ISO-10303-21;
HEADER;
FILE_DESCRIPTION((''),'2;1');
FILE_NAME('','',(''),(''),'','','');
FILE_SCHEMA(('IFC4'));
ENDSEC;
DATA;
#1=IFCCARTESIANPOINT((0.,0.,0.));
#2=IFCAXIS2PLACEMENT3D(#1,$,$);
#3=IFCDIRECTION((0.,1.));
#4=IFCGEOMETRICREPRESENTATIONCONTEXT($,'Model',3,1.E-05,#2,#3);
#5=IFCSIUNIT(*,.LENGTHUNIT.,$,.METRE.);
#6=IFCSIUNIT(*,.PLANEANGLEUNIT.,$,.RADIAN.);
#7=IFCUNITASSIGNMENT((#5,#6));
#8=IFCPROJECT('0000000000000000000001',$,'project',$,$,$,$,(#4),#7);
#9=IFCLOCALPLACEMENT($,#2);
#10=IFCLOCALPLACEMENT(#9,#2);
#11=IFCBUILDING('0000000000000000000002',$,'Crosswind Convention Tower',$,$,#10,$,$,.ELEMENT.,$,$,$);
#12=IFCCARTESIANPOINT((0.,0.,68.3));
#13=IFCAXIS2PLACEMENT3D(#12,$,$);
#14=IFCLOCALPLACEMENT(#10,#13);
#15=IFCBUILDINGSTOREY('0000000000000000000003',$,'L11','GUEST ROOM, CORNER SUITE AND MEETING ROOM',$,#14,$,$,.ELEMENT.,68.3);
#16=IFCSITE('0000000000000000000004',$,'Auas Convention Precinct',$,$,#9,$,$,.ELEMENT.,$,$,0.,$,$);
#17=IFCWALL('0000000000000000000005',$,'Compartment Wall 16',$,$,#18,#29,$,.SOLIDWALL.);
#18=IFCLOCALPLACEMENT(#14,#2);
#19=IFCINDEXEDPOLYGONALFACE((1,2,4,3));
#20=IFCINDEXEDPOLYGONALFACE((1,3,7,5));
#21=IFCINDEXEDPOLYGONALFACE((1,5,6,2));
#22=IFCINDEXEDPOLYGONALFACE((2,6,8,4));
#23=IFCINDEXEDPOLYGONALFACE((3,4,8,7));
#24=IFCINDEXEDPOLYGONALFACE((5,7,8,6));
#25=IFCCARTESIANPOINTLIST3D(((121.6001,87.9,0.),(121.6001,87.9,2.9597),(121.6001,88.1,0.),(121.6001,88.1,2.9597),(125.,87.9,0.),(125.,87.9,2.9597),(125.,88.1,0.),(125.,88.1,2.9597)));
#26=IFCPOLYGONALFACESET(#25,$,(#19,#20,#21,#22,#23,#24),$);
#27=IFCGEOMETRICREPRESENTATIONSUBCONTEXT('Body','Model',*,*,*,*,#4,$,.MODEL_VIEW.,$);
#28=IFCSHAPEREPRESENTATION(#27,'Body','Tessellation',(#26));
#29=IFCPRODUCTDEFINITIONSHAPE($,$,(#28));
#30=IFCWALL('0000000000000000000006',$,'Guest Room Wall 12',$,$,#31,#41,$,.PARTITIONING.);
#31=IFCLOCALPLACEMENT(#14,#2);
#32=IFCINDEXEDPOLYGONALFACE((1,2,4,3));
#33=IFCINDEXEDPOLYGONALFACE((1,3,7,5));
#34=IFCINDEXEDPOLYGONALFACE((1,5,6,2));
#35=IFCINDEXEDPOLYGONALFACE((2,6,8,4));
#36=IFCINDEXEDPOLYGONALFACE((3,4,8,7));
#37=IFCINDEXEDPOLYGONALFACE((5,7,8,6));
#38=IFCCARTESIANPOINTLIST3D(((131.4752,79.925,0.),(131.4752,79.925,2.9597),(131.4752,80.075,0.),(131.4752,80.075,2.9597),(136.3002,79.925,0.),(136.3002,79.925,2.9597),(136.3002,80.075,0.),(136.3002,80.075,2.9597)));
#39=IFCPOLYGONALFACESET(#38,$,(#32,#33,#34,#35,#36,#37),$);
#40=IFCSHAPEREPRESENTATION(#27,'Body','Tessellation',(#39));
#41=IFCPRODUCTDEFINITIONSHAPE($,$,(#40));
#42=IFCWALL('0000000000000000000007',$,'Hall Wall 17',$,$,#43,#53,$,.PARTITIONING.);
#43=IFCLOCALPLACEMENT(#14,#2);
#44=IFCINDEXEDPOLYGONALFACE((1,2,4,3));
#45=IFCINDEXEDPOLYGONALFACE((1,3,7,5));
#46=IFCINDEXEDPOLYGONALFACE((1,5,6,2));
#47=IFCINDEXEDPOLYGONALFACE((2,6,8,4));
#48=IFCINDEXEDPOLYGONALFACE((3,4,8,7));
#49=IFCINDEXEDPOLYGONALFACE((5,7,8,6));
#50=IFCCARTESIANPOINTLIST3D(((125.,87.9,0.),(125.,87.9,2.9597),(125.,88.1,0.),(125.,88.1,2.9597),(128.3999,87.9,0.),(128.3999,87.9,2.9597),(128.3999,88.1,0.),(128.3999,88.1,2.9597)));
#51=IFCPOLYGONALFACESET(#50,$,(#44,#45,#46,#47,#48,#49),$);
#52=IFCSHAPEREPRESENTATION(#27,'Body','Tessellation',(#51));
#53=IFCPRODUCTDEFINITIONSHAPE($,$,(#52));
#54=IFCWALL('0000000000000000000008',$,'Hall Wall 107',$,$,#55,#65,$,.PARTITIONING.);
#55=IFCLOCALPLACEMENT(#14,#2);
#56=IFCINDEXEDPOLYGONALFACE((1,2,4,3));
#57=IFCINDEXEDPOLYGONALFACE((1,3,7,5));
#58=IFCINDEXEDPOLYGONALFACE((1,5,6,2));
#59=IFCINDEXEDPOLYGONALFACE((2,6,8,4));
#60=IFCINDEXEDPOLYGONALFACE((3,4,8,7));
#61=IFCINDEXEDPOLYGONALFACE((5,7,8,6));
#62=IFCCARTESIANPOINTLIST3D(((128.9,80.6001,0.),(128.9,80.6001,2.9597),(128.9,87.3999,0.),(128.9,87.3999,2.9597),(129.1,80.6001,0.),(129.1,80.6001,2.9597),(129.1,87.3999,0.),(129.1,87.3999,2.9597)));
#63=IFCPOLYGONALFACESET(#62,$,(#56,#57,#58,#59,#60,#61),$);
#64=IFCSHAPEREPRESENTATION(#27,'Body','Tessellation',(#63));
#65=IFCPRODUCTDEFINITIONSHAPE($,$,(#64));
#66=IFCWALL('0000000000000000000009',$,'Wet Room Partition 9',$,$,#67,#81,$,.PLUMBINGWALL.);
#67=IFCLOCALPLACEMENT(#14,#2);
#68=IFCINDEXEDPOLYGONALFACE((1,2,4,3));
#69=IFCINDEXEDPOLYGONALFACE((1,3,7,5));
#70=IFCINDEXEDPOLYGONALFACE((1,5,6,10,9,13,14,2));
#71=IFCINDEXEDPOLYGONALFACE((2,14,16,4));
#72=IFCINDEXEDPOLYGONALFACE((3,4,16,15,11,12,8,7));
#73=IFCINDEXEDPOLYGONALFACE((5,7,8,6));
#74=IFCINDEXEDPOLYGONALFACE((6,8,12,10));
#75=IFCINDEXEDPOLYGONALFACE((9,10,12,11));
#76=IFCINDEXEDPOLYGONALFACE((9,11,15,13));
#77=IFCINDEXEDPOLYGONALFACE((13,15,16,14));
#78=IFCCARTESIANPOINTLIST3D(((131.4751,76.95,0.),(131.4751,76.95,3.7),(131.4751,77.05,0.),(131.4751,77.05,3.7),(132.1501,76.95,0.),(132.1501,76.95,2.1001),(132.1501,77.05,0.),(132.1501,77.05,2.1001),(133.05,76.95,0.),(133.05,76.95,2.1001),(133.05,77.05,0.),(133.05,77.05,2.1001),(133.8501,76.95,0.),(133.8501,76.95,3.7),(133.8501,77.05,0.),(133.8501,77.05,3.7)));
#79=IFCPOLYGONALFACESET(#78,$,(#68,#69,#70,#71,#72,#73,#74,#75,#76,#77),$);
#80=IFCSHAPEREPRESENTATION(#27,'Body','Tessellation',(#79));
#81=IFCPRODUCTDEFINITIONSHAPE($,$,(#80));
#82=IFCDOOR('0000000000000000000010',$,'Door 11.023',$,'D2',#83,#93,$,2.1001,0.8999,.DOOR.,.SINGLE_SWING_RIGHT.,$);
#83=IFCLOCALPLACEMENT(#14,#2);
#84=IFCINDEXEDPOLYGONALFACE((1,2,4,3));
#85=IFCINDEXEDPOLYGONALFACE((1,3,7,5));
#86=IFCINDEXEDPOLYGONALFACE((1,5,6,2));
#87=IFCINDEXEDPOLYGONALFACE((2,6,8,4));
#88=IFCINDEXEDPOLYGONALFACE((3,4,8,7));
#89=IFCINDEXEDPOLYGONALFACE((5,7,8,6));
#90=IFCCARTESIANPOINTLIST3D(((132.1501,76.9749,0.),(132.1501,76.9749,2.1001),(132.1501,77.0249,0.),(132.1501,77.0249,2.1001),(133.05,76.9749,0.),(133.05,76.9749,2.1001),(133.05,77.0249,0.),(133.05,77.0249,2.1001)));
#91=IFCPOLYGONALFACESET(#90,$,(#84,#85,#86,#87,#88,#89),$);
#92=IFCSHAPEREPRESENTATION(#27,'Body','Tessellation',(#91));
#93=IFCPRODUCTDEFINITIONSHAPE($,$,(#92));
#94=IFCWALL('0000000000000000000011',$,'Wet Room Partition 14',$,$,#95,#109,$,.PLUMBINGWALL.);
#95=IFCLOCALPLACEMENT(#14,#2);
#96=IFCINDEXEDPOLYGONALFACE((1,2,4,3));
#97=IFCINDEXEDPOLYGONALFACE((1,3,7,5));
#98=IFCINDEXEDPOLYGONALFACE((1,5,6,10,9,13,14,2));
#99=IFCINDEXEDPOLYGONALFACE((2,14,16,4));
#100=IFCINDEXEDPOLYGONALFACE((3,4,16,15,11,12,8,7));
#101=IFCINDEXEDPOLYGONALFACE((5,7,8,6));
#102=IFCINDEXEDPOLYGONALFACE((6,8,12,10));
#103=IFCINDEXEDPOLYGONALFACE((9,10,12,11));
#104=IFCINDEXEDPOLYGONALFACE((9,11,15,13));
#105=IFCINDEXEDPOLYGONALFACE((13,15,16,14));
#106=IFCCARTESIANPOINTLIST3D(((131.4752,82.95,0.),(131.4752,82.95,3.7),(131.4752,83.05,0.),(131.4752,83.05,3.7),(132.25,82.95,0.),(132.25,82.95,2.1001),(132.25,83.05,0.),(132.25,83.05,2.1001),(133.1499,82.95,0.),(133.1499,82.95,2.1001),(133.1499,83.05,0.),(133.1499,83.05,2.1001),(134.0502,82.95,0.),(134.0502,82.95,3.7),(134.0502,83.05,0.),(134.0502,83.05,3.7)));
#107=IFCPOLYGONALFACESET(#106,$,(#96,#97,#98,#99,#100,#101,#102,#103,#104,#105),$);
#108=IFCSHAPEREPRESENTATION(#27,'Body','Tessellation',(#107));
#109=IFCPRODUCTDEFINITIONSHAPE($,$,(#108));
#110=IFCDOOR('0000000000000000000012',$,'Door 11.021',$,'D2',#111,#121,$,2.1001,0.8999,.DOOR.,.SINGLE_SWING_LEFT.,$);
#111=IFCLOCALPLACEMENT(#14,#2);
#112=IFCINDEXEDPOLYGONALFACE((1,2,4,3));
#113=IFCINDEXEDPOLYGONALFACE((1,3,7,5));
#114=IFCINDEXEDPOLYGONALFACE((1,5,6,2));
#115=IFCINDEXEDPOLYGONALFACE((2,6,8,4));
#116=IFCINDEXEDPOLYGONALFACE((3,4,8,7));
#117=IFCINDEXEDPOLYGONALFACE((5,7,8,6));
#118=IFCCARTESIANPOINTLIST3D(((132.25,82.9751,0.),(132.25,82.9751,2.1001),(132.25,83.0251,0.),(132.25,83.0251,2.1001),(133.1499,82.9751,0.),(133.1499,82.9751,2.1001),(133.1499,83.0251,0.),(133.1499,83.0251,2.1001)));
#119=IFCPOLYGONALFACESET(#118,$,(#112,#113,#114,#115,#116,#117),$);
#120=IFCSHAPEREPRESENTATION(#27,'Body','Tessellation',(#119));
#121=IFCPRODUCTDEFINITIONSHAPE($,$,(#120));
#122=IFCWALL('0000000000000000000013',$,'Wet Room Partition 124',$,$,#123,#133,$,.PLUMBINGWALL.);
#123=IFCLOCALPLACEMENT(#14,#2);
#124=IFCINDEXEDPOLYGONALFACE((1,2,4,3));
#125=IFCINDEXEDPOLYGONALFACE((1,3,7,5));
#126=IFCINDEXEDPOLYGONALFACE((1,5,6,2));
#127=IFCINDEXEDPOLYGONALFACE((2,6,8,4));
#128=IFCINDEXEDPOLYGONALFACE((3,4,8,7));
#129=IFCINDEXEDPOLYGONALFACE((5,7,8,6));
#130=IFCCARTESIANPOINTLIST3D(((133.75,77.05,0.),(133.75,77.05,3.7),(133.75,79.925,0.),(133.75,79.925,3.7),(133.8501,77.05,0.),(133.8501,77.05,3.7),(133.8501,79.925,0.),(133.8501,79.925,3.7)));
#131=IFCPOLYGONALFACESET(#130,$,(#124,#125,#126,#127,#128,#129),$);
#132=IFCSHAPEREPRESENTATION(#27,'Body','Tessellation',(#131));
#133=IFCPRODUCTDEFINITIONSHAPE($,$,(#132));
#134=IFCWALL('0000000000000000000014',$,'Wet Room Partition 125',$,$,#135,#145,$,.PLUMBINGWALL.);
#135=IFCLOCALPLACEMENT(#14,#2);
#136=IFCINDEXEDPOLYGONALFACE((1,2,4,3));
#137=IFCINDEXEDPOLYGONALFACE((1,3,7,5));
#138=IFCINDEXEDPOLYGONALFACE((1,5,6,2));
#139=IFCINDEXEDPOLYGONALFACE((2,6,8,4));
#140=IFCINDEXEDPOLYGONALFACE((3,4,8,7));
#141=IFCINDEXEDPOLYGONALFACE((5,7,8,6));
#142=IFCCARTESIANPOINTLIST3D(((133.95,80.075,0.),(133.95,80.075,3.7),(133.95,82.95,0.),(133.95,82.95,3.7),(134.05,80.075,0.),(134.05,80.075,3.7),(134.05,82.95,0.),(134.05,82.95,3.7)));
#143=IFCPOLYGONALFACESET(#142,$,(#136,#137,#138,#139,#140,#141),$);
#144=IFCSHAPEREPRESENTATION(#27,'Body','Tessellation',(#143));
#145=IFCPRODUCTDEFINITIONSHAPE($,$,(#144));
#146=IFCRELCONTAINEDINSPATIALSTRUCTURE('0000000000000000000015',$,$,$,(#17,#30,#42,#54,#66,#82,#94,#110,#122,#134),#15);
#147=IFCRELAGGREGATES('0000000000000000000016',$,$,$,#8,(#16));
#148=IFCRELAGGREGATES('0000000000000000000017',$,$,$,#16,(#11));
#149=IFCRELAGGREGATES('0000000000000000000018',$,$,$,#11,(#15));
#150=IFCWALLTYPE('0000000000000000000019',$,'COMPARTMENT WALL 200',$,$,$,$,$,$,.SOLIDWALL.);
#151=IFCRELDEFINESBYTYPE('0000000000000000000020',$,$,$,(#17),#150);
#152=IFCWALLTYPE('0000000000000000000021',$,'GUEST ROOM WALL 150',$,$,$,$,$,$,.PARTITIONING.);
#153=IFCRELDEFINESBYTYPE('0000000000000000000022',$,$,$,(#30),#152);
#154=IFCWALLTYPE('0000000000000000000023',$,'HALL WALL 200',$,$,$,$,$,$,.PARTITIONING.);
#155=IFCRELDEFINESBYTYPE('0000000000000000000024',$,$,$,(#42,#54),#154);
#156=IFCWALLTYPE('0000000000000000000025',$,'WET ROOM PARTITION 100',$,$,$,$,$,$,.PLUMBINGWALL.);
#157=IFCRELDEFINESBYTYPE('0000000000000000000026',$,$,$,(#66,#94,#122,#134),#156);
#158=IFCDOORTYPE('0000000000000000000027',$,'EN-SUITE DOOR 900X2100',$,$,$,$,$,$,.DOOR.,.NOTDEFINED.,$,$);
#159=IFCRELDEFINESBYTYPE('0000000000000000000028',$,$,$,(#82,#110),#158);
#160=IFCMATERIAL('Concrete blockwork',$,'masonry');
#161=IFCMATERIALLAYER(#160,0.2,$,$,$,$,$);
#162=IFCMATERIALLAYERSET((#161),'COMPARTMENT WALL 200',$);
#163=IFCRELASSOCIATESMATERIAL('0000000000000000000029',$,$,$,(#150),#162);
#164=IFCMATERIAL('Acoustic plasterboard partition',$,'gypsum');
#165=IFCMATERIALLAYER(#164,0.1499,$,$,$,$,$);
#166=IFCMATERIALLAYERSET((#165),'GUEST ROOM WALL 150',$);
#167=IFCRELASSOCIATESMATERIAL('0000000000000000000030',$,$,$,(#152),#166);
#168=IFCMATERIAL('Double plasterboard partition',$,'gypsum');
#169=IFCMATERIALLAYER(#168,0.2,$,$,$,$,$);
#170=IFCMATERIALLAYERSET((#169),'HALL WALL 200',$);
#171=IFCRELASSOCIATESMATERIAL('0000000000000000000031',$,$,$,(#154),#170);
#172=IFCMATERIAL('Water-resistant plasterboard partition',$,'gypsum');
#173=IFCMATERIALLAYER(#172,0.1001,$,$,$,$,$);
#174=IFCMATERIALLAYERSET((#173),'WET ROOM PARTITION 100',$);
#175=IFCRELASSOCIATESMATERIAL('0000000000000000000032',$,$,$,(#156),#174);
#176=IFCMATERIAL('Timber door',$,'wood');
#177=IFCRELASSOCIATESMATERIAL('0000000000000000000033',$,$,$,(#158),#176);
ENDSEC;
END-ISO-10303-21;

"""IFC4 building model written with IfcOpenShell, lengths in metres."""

from ifc_helpers import new_model, si_unit, direction, frame, frame_2d, origin, place, context, subcontext, project, spatial, rectangle, extrude, material, layer, layer_set, type_object, element, fill, save


model = new_model("IFC4")

# Units and contexts
model_context = context("Model", 3, precision=1e-05, world=origin(), true_north=direction((0.0, 1.0)))
body_context = subcontext(model_context, "Body", "Model", "MODEL_VIEW")
ifc_project = project(units=[si_unit("LENGTHUNIT", "METRE"), si_unit("PLANEANGLEUNIT", "RADIAN")], contexts=[model_context])

# Site, building, storey
site_placement = place(None, origin())
site = spatial("IfcSite", under=ifc_project, at=site_placement, Name="Auas Convention Precinct", CompositionType="ELEMENT", RefElevation=0.0)
building_placement = place(site_placement, origin())
building = spatial("IfcBuilding", under=site, at=building_placement, Name="Crosswind Convention Tower", CompositionType="ELEMENT")
storey_placement = place(building_placement, frame((0.0, 0.0, 68.3)))
storey = spatial("IfcBuildingStorey", under=building, at=storey_placement, Name="L11", Description="GUEST ROOM, CORNER SUITE AND MEETING ROOM", CompositionType="ELEMENT", Elevation=68.3)

# Walls
ifc_material_1 = material(Name="Concrete blockwork", Category="masonry")
ifc_layer_1 = layer(ifc_material_1, 0.2)
ifc_layer_set_1 = layer_set([ifc_layer_1], Name="COMPARTMENT WALL 200")
wall_type_1 = type_object("IfcWallType", Name="COMPARTMENT WALL 200", PredefinedType="SOLIDWALL", material=ifc_layer_set_1)
wall_1_placement = place(storey_placement, frame((121.6001, 88.0, 0.0), z_axis=(0.0, 0.0, 1.0), x_axis=(1.0, 0.0, 0.0)))
element("IfcWall", 1, at=wall_1_placement, inside=storey, type_object=wall_type_1, Name="Compartment Wall 16", PredefinedType="SOLIDWALL", context=body_context, shape_type="SweptSolid", body=[
    extrude(rectangle(XDim=3.3999, YDim=0.2, at=frame_2d((1.7, 0.0))), origin(), (0.0, 0.0, 1.0), 2.9597),
])
ifc_material_2 = material(Name="Acoustic plasterboard partition", Category="gypsum")
ifc_layer_2 = layer(ifc_material_2, 0.1499)
ifc_layer_set_2 = layer_set([ifc_layer_2], Name="GUEST ROOM WALL 150")
wall_type_2 = type_object("IfcWallType", Name="GUEST ROOM WALL 150", PredefinedType="PARTITIONING", material=ifc_layer_set_2)
wall_2_placement = place(storey_placement, frame((131.4751, 80.0, 0.0), z_axis=(0.0, 0.0, 1.0), x_axis=(1.0, 0.0, 0.0)))
element("IfcWall", 2, at=wall_2_placement, inside=storey, type_object=wall_type_2, Name="Guest Room Wall 12", PredefinedType="PARTITIONING", context=body_context, shape_type="SweptSolid", body=[
    extrude(rectangle(XDim=4.825, YDim=0.1499, at=frame_2d((2.4126, 0.0))), origin(), (0.0, 0.0, 1.0), 2.9597),
])
ifc_material_3 = material(Name="Double plasterboard partition", Category="gypsum")
ifc_layer_3 = layer(ifc_material_3, 0.2)
ifc_layer_set_3 = layer_set([ifc_layer_3], Name="HALL WALL 200")
wall_type_3 = type_object("IfcWallType", Name="HALL WALL 200", PredefinedType="PARTITIONING", material=ifc_layer_set_3)
wall_3_placement = place(storey_placement, frame((125.0, 88.0, 0.0), z_axis=(0.0, 0.0, 1.0), x_axis=(1.0, 0.0, 0.0)))
element("IfcWall", 3, at=wall_3_placement, inside=storey, type_object=wall_type_3, Name="Hall Wall 17", PredefinedType="PARTITIONING", context=body_context, shape_type="SweptSolid", body=[
    extrude(rectangle(XDim=3.3999, YDim=0.2, at=frame_2d((1.7, 0.0))), origin(), (0.0, 0.0, 1.0), 2.9597),
])
wall_4_placement = place(storey_placement, frame((129.0, 80.6001, 0.0), z_axis=(0.0, 0.0, 1.0), x_axis=(0.0, 1.0, 0.0)))
element("IfcWall", 4, at=wall_4_placement, inside=storey, type_object=wall_type_3, Name="Hall Wall 107", PredefinedType="PARTITIONING", context=body_context, shape_type="SweptSolid", body=[
    extrude(rectangle(XDim=6.7998, YDim=0.2, at=frame_2d((3.3999, 0.0))), origin(), (0.0, 0.0, 1.0), 2.9597),
])

# Walls, openings, doors
ifc_material_4 = material(Name="Water-resistant plasterboard partition", Category="gypsum")
ifc_layer_4 = layer(ifc_material_4, 0.1001)
ifc_layer_set_4 = layer_set([ifc_layer_4], Name="WET ROOM PARTITION 100")
wall_type_4 = type_object("IfcWallType", Name="WET ROOM PARTITION 100", PredefinedType="PLUMBINGWALL", material=ifc_layer_set_4)
wall_5_placement = place(storey_placement, frame((131.4751, 77.0, 0.0), z_axis=(0.0, 0.0, 1.0), x_axis=(1.0, 0.0, 0.0)))
wall_5 = element("IfcWall", 5, at=wall_5_placement, inside=storey, type_object=wall_type_4, Name="Wet Room Partition 9", PredefinedType="PLUMBINGWALL", context=body_context, shape_type="SweptSolid", body=[
    extrude(rectangle(XDim=2.375, YDim=0.1001, at=frame_2d((1.1875, 0.0))), origin(), (0.0, 0.0, 1.0), 3.7),
])
opening_1_placement = place(wall_5_placement, frame((0.675, 0.0, 0.0)))
opening_1 = element("IfcOpeningElement", 6, at=opening_1_placement, cuts=wall_5, PredefinedType="OPENING", context=body_context, shape_type="SweptSolid", body=[
    extrude(rectangle(XDim=0.8999, YDim=2.1001, at=frame_2d((0.45, 1.05))), frame((0.0, 0.0601, 0.0), z_axis=(0.0, -1.0, 0.0), x_axis=(1.0, 0.0, 0.0)), (0.0, 0.0, 1.0), 0.1201),
])
ifc_material_5 = material(Name="Timber door", Category="wood")
door_type = type_object("IfcDoorType", Name="EN-SUITE DOOR 900X2100", OperationType="NOTDEFINED", PredefinedType="DOOR", material=ifc_material_5)
door_1_placement = place(opening_1_placement, origin())
door_1 = element("IfcDoor", 7, at=door_1_placement, inside=storey, type_object=door_type, Name="Door 11.023", ObjectType="D2", OperationType="SINGLE_SWING_RIGHT", OverallHeight=2.1001, OverallWidth=0.8999, PredefinedType="DOOR", context=body_context, shape_type="SweptSolid", body=[
    extrude(rectangle(XDim=0.8999, YDim=2.1001, at=frame_2d((0.45, 1.05))), frame((0.0, 0.0249, 0.0), z_axis=(0.0, -1.0, 0.0), x_axis=(1.0, 0.0, 0.0)), (0.0, 0.0, 1.0), 0.05),
])
fill(opening_1, door_1)
wall_6_placement = place(storey_placement, frame((131.4751, 83.0, 0.0), z_axis=(0.0, 0.0, 1.0), x_axis=(1.0, 0.0, 0.0)))
wall_6 = element("IfcWall", 8, at=wall_6_placement, inside=storey, type_object=wall_type_4, Name="Wet Room Partition 14", PredefinedType="PLUMBINGWALL", context=body_context, shape_type="SweptSolid", body=[
    extrude(rectangle(XDim=2.575, YDim=0.1001, at=frame_2d((1.2876, 0.0))), origin(), (0.0, 0.0, 1.0), 3.7),
])
opening_2_placement = place(wall_6_placement, frame((0.7749, 0.0, 0.0)))
opening_2 = element("IfcOpeningElement", 9, at=opening_2_placement, cuts=wall_6, PredefinedType="OPENING", context=body_context, shape_type="SweptSolid", body=[
    extrude(rectangle(XDim=0.8999, YDim=2.1001, at=frame_2d((0.45, 1.05))), frame((0.0, 0.0601, 0.0), z_axis=(0.0, -1.0, 0.0), x_axis=(1.0, 0.0, 0.0)), (0.0, 0.0, 1.0), 0.1201),
])
door_2_placement = place(opening_2_placement, frame((0.8999, 0.0, 0.0), z_axis=(0.0, 0.0, 1.0), x_axis=(-1.0, 0.0, 0.0)))
door_2 = element("IfcDoor", 10, at=door_2_placement, inside=storey, type_object=door_type, Name="Door 11.021", ObjectType="D2", OperationType="SINGLE_SWING_LEFT", OverallHeight=2.1001, OverallWidth=0.8999, PredefinedType="DOOR", context=body_context, shape_type="SweptSolid", body=[
    extrude(rectangle(XDim=0.8999, YDim=2.1001, at=frame_2d((0.45, 1.05))), frame((0.0, 0.0249, 0.0), z_axis=(0.0, -1.0, 0.0), x_axis=(1.0, 0.0, 0.0)), (0.0, 0.0, 1.0), 0.05),
])
fill(opening_2, door_2)

# Walls
for number, where, z_axis, x_axis, name in (
    (11, (133.8, 77.05, 0.0), (0.0, 0.0, 1.0), (0.0, 1.0, 0.0), "Wet Room Partition 124"),
    (12, (134.0, 80.075, 0.0), (0.0, 0.0, 1.0), (0.0, 1.0, 0.0), "Wet Room Partition 125"),
):
    element("IfcWall", number, at=place(storey_placement, frame(where, z_axis=z_axis, x_axis=x_axis)), inside=storey, type_object=wall_type_4, Name=name, PredefinedType="PLUMBINGWALL", context=body_context, shape_type="SweptSolid", body=[
        extrude(rectangle(XDim=2.875, YDim=0.1001, at=frame_2d((1.4375, 0.0))), origin(), (0.0, 0.0, 1.0), 3.7),
    ])

save(model, "model.ifc")
